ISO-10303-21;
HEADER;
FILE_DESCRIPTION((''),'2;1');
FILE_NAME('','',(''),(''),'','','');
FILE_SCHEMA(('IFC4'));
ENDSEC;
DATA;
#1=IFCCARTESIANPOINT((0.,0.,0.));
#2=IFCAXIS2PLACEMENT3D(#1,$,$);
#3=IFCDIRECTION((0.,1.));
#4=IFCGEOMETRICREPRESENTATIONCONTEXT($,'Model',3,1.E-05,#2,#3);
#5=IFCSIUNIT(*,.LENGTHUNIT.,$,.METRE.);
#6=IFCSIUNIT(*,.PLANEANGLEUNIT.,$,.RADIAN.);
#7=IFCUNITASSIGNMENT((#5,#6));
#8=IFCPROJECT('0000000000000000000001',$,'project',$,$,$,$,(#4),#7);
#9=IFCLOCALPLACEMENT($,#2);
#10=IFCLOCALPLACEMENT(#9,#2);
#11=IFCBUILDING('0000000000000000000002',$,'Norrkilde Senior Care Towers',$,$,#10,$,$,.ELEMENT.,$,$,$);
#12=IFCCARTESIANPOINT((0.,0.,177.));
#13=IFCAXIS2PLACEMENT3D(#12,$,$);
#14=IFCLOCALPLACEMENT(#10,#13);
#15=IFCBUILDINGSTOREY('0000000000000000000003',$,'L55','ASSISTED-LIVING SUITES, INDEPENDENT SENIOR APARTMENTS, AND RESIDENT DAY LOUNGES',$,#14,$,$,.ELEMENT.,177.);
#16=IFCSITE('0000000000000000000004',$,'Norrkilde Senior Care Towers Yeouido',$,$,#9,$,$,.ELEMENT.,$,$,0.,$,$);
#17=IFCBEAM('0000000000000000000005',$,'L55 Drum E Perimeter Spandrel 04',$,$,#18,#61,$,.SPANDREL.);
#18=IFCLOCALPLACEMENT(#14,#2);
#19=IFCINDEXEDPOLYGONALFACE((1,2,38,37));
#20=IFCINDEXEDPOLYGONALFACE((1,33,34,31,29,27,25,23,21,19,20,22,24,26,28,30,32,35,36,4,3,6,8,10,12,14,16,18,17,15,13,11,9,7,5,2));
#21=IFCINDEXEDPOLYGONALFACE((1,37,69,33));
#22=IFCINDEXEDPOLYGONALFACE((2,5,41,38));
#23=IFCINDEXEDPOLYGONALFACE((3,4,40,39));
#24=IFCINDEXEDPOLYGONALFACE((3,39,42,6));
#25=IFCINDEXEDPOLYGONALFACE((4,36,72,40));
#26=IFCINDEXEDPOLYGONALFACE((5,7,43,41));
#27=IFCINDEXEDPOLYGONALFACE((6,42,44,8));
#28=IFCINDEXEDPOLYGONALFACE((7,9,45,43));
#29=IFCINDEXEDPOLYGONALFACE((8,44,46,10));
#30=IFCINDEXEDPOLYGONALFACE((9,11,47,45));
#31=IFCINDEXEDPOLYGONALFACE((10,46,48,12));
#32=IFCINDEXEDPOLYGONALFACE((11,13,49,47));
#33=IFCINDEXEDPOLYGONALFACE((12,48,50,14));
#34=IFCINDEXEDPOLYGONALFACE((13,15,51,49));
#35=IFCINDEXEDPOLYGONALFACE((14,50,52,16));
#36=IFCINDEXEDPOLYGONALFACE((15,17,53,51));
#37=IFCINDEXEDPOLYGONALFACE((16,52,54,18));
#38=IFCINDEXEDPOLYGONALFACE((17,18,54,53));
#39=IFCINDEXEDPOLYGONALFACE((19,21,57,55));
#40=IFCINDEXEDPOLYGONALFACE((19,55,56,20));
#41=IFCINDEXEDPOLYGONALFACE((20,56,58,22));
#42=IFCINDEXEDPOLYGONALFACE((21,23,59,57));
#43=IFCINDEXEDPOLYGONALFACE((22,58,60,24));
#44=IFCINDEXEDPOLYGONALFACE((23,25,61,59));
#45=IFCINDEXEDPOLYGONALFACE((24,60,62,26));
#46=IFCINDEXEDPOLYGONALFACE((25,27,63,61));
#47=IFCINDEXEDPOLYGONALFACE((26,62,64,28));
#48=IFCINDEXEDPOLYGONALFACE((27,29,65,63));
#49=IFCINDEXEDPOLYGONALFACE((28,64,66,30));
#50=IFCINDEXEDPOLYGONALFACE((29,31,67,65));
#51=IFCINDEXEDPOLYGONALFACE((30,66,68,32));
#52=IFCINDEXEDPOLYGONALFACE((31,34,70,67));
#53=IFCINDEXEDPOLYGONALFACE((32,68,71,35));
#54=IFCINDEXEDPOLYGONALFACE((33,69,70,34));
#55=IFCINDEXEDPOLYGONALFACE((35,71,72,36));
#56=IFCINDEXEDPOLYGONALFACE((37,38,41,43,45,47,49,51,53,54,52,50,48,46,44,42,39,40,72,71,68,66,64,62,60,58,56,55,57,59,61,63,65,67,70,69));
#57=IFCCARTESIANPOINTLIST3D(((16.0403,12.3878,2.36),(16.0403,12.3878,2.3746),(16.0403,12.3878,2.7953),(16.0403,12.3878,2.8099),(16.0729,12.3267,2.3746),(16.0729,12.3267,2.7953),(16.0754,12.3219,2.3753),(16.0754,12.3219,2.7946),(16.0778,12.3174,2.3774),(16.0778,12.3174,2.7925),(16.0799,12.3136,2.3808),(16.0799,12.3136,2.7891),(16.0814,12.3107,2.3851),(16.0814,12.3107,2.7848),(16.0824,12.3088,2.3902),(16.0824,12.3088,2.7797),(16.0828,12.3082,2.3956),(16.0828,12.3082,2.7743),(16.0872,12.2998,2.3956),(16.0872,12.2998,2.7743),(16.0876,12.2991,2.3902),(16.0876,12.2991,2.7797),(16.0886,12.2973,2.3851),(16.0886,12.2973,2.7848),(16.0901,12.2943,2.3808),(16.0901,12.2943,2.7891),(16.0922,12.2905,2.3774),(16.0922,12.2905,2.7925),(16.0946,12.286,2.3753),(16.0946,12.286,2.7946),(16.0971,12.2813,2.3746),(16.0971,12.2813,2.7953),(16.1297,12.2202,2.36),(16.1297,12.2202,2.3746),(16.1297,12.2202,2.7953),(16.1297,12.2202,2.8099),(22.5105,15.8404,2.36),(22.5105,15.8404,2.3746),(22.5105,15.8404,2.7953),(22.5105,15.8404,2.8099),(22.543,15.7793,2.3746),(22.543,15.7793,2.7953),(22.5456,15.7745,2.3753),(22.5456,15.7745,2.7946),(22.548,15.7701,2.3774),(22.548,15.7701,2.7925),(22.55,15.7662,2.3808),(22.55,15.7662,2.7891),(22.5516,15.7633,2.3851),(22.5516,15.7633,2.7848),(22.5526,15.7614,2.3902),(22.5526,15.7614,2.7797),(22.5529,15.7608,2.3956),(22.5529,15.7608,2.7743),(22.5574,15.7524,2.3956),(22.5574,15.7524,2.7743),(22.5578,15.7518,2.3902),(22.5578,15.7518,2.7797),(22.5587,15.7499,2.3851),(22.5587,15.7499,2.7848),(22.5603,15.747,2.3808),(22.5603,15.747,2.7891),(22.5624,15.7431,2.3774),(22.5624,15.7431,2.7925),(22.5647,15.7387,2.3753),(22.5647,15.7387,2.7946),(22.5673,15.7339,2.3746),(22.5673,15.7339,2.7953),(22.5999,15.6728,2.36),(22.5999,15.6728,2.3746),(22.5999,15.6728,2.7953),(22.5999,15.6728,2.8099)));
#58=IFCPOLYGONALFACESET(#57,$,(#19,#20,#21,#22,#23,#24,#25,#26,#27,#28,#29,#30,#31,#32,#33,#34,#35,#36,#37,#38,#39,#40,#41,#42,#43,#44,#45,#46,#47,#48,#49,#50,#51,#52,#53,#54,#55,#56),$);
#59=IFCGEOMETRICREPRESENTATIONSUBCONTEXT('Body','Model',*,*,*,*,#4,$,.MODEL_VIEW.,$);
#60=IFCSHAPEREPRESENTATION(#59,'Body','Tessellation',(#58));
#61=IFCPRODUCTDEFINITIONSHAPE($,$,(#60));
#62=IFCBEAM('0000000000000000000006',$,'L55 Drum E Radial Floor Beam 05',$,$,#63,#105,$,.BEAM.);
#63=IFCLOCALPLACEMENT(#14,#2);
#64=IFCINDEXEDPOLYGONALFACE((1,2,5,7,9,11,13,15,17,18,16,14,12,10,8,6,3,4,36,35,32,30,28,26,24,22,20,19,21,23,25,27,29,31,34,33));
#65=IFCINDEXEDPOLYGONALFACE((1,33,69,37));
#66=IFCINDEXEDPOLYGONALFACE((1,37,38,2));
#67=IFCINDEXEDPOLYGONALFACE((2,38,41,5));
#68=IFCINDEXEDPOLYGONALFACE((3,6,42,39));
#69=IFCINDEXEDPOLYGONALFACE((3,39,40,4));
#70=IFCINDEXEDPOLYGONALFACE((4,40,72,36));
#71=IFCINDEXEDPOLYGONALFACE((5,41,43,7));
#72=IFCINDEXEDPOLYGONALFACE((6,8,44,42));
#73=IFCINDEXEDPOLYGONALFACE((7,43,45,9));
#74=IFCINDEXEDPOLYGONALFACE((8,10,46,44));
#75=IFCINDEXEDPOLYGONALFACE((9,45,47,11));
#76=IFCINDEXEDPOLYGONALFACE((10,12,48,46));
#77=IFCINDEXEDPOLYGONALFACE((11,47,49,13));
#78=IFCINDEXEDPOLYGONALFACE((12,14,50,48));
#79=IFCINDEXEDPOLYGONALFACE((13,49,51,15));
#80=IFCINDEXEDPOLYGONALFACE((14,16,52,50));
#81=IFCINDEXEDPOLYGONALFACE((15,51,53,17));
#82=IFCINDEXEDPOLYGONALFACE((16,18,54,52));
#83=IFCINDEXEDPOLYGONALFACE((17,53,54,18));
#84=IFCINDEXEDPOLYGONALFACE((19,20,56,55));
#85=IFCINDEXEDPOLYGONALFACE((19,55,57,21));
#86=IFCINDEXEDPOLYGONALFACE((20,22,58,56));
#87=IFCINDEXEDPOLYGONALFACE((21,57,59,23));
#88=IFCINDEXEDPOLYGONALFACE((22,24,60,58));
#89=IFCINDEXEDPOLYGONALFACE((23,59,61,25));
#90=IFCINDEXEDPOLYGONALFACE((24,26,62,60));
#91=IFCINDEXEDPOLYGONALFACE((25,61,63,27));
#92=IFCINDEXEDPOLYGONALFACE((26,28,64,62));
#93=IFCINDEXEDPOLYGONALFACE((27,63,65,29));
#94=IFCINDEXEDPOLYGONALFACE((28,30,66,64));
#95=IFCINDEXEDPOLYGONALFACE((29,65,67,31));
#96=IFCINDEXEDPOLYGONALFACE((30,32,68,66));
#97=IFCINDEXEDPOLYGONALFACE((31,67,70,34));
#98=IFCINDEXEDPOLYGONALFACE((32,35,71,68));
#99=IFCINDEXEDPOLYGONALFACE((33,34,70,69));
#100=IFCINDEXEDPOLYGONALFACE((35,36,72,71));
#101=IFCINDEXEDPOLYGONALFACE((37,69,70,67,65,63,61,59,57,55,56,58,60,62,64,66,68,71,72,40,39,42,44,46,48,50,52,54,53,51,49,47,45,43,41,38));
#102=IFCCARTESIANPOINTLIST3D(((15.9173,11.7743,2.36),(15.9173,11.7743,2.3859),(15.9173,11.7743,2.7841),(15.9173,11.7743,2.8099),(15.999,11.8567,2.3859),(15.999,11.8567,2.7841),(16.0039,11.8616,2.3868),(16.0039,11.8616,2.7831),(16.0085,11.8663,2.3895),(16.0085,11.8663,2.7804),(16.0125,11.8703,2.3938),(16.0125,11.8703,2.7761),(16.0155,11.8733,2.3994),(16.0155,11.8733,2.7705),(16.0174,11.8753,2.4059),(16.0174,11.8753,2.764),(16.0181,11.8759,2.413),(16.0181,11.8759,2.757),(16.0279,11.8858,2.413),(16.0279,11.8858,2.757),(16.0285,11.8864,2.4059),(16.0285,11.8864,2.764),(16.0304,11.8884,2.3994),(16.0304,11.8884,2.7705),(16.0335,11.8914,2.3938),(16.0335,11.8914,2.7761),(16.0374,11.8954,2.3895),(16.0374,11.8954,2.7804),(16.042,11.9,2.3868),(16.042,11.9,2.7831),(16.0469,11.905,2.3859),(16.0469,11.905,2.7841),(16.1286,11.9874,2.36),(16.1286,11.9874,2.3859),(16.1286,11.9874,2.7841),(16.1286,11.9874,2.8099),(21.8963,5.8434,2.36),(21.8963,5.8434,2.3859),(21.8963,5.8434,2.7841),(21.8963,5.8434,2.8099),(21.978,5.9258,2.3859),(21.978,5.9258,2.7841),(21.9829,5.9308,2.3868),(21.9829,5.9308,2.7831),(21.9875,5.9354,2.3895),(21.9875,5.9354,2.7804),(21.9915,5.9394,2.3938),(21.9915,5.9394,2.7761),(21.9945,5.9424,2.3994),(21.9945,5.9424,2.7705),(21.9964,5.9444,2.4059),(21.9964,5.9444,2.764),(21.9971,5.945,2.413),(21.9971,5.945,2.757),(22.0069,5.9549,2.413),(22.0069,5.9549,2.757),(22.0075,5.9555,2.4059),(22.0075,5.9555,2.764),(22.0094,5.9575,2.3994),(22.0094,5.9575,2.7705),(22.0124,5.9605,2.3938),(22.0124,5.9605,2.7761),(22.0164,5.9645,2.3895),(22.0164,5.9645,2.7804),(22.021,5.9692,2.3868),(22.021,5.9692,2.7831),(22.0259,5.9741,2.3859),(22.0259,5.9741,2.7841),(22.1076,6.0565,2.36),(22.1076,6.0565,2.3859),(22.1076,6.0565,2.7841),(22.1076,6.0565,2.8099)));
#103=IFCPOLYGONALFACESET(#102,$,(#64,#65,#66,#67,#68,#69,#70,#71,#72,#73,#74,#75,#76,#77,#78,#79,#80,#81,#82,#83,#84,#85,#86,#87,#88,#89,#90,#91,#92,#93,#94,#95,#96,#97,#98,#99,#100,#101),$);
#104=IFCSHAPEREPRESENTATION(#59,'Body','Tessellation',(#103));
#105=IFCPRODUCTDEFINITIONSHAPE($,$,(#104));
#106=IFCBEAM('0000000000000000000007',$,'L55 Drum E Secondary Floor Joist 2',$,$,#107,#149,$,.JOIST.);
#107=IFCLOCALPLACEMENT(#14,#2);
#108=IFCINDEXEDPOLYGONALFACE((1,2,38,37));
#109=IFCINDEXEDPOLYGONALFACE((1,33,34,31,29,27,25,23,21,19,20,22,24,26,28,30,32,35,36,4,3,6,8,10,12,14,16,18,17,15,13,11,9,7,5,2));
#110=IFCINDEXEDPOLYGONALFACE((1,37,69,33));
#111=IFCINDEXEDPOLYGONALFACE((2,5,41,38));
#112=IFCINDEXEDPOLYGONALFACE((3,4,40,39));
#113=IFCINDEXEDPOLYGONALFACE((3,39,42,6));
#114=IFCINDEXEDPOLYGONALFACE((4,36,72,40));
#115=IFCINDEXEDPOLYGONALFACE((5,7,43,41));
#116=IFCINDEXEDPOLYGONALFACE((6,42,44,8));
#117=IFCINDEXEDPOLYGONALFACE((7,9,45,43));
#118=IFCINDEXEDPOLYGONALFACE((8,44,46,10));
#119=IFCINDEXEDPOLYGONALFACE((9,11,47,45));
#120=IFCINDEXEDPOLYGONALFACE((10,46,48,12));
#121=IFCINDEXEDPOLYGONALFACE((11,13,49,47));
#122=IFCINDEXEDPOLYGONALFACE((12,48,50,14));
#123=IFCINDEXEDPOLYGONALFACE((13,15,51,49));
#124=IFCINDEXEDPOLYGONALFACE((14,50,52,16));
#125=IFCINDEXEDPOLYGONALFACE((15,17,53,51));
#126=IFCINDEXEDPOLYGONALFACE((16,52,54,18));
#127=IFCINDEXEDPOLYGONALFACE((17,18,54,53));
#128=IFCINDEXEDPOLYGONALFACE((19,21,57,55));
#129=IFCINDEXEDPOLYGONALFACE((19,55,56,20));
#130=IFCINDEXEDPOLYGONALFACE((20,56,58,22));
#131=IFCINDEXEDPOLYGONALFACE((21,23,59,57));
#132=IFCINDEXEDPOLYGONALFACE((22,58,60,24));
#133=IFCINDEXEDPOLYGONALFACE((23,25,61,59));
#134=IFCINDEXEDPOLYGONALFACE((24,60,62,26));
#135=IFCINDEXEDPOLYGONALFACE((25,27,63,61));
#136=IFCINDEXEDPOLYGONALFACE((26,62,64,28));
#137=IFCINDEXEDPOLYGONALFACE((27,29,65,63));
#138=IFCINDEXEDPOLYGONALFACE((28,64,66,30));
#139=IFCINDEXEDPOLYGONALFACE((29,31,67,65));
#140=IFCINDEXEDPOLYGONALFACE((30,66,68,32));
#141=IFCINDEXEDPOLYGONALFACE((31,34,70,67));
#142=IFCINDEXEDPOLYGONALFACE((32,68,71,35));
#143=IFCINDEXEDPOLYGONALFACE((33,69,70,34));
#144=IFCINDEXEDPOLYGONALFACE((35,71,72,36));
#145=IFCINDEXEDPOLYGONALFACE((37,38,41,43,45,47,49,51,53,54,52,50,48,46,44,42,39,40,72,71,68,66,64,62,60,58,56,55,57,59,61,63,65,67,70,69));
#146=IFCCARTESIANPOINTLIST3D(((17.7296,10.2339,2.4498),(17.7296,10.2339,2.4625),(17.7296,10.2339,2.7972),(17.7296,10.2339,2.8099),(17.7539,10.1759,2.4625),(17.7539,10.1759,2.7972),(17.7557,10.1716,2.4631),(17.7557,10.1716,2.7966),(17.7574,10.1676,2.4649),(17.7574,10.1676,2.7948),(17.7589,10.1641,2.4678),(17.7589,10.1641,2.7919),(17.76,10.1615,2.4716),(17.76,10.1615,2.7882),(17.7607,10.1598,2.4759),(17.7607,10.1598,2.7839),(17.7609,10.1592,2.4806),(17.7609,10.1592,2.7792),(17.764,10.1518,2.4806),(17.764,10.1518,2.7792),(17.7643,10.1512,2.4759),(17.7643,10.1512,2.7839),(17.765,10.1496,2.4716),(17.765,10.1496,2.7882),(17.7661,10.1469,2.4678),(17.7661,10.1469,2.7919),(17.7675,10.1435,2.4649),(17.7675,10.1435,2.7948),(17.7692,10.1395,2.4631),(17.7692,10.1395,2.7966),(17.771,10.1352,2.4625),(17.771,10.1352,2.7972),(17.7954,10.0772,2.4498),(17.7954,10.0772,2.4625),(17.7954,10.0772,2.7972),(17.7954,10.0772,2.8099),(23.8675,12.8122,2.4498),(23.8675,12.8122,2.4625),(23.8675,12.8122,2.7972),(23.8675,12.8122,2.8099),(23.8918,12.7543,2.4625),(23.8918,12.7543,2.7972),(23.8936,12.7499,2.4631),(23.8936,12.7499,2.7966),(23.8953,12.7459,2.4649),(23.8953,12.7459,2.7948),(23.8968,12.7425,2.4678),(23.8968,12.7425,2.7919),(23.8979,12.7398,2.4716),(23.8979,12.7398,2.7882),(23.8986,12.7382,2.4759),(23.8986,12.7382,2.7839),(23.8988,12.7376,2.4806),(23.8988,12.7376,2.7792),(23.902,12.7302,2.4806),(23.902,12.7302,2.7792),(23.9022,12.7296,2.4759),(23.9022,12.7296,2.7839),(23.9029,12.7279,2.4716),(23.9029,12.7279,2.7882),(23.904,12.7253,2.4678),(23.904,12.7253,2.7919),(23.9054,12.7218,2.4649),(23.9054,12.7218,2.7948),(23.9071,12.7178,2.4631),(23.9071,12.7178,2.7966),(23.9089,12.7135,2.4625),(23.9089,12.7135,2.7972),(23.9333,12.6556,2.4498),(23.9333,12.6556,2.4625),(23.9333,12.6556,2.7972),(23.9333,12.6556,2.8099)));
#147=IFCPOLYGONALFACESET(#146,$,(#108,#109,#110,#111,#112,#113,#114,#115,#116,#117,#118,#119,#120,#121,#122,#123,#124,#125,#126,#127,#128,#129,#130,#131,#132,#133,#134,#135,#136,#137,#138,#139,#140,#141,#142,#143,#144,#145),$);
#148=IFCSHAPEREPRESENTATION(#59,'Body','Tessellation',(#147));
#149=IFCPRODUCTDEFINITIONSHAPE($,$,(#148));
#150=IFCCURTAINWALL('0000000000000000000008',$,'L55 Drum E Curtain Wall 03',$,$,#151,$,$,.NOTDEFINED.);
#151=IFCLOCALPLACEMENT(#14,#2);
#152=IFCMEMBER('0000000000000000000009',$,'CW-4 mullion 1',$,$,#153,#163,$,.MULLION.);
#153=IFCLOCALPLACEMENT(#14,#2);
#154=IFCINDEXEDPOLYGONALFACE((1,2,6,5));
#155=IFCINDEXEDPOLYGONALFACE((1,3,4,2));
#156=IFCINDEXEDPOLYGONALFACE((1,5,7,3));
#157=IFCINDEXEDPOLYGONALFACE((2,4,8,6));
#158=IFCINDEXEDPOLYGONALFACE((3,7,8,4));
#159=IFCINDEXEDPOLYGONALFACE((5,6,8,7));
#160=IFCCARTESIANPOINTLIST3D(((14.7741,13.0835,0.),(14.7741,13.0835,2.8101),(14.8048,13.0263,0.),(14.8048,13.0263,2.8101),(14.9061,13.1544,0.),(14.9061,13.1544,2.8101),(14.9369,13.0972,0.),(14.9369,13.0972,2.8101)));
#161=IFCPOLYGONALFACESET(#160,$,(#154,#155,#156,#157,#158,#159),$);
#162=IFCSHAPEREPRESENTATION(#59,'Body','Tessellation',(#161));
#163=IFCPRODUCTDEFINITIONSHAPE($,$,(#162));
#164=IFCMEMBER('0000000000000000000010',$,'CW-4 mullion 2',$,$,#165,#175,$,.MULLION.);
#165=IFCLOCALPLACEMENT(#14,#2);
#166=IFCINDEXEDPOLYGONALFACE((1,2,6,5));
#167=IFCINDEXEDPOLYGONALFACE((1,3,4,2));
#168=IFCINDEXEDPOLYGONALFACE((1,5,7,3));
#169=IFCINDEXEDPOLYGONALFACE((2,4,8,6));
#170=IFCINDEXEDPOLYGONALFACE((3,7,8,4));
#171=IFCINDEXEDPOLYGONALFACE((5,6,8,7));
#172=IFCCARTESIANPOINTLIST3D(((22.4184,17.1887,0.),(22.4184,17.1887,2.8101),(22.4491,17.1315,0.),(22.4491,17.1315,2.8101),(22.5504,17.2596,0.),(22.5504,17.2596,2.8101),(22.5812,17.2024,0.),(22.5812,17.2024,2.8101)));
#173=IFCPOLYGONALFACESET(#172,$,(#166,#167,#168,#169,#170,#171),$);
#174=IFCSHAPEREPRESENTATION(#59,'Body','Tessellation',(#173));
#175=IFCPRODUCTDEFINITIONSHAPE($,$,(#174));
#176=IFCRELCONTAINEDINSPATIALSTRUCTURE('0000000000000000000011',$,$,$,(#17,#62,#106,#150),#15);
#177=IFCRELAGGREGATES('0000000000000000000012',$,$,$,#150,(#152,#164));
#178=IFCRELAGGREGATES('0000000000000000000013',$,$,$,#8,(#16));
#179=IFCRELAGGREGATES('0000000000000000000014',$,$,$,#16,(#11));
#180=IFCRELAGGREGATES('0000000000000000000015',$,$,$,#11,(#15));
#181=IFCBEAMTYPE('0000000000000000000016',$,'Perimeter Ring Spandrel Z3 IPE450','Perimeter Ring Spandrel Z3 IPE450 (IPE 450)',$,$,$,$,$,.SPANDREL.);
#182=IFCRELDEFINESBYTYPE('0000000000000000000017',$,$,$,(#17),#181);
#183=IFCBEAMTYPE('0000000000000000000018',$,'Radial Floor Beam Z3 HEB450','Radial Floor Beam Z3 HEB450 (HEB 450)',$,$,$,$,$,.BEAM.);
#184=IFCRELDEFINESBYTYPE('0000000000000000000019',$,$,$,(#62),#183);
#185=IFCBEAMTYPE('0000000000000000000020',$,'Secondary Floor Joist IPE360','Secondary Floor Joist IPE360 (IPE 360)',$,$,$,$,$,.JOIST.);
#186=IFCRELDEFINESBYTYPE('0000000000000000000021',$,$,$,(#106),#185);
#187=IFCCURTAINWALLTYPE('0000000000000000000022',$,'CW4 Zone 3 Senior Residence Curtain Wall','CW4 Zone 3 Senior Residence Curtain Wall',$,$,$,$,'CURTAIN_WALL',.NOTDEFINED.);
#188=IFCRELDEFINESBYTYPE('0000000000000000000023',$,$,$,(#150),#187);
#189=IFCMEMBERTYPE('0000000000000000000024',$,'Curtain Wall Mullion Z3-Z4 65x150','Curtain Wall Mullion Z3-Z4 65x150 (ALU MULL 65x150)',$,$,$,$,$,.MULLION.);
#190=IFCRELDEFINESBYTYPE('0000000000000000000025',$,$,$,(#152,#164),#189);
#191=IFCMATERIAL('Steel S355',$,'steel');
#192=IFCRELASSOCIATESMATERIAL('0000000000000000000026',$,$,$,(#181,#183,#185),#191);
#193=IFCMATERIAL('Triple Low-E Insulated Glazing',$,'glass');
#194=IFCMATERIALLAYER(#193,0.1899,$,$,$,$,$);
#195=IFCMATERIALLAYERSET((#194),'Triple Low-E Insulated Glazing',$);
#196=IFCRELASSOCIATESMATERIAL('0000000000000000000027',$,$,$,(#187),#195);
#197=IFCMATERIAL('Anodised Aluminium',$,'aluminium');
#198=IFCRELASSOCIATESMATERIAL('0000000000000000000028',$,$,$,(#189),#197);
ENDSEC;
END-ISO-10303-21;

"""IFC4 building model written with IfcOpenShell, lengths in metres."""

from ifc_helpers import new_model, si_unit, direction, frame, origin, origin_2d, place, context, subcontext, project, spatial, rectangle, i_section, extrude, source, transform, mapped, material, layer, layer_set, material_profile, profile_set, type_object, type_shapes, element, aggregate, save


model = new_model("IFC4")

# Units and contexts
model_context = context("Model", 3, precision=1e-05, world=origin(), true_north=direction((0.0, 1.0)))
body_context = subcontext(model_context, "Body", "Model", "MODEL_VIEW")
ifc_project = project(units=[si_unit("LENGTHUNIT", "METRE"), si_unit("PLANEANGLEUNIT", "RADIAN")], contexts=[model_context])

# Site, building, storey
site_placement = place(None, origin())
site = spatial("IfcSite", under=ifc_project, at=site_placement, Name="Norrkilde Senior Care Towers Yeouido", CompositionType="ELEMENT", RefElevation=0.0)
building_placement = place(site_placement, origin())
building = spatial("IfcBuilding", under=site, at=building_placement, Name="Norrkilde Senior Care Towers", CompositionType="ELEMENT")
storey_placement = place(building_placement, frame((0.0, 0.0, 177.0)))
storey = spatial("IfcBuildingStorey", under=building, at=storey_placement, Name="L55", Description="ASSISTED-LIVING SUITES, INDEPENDENT SENIOR APARTMENTS, AND RESIDENT DAY LOUNGES", CompositionType="ELEMENT", Elevation=177.0)

# Beams
ifc_material_1 = material(Name="Steel S355", Category="steel")
ifc_material_profile_1 = material_profile(ifc_material_1, i_section(OverallWidth=0.1899, OverallDepth=0.45, WebThickness=0.0095, FlangeThickness=0.0146, FilletRadius=0.021, at=origin_2d()), Name="IPE 450")
ifc_profile_set_1 = profile_set([ifc_material_profile_1], Name="Steel S355")
beam_type_1 = type_object("IfcBeamType", Name="Perimeter Ring Spandrel Z3 IPE450", Description="Perimeter Ring Spandrel Z3 IPE450 (IPE 450)", PredefinedType="SPANDREL", material=ifc_profile_set_1)
shared_shape_1 = source(origin(), body_context, "Body", "SweptSolid", [
    extrude(i_section(OverallWidth=0.1899, OverallDepth=0.45, WebThickness=0.0095, FlangeThickness=0.0146, FilletRadius=0.021, at=origin_2d()), origin(), (0.0, 0.0, 1.0), 7.3337),
])
beam_1_placement = place(storey_placement, frame((22.5552, 15.7566, 2.585), z_axis=(-0.882248, -0.470785, 0.0), x_axis=(0.470785, -0.882248, 0.0)))
element("IfcBeam", 1, at=beam_1_placement, inside=storey, type_object=beam_type_1, Name="L55 Drum E Perimeter Spandrel 04", PredefinedType="SPANDREL", context=body_context, shape_type="MappedRepresentation", body=[
    mapped(shared_shape_1, transform((0.0, 0.0, 0.0), x_axis=(1.0, 0.0, 0.0), y_axis=(0.0, 1.0, 0.0), z_axis=(0.0, 0.0, 1.0), scale=1.0)),
])
ifc_material_profile_2 = material_profile(ifc_material_1, i_section(OverallWidth=0.3, OverallDepth=0.45, WebThickness=0.0139, FlangeThickness=0.0259, FilletRadius=0.0271, at=origin_2d()), Name="HEB 450")
ifc_profile_set_2 = profile_set([ifc_material_profile_2], Name="Steel S355")
beam_type_2 = type_object("IfcBeamType", Name="Radial Floor Beam Z3 HEB450", Description="Radial Floor Beam Z3 HEB450 (HEB 450)", PredefinedType="BEAM", material=ifc_profile_set_2)
shared_shape_2 = source(origin(), body_context, "Body", "SweptSolid", [
    extrude(i_section(OverallWidth=0.3, OverallDepth=0.45, WebThickness=0.0139, FlangeThickness=0.0259, FilletRadius=0.0271, at=origin_2d()), origin(), (0.0, 0.0, 1.0), 8.4216),
])
type_shapes(beam_type_2, [shared_shape_2])
beam_2_placement = place(storey_placement, frame((22.002, 5.95, 2.585), z_axis=(-0.709956, 0.704246, 0.0), x_axis=(-0.704246, -0.709956, 0.0)))
element("IfcBeam", 2, at=beam_2_placement, inside=storey, type_object=beam_type_2, Name="L55 Drum E Radial Floor Beam 05", PredefinedType="BEAM", context=body_context, shape_type="MappedRepresentation", body=[
    mapped(shared_shape_2, transform((0.0, 0.0, 0.0), x_axis=(1.0, 0.0, 0.0), y_axis=(0.0, 1.0, 0.0), z_axis=(0.0, 0.0, 1.0), scale=1.0)),
])
ifc_material_profile_3 = material_profile(ifc_material_1, i_section(OverallWidth=0.1699, OverallDepth=0.3601, WebThickness=0.0081, FlangeThickness=0.0127, FilletRadius=0.0181, at=origin_2d()), Name="IPE 360")
ifc_profile_set_3 = profile_set([ifc_material_profile_3], Name="Steel S355")
beam_type_3 = type_object("IfcBeamType", Name="Secondary Floor Joist IPE360", Description="Secondary Floor Joist IPE360 (IPE 360)", PredefinedType="JOIST", material=ifc_profile_set_3)
shared_shape_3 = source(origin(), body_context, "Body", "SweptSolid", [
    extrude(i_section(OverallWidth=0.1699, OverallDepth=0.3601, WebThickness=0.0081, FlangeThickness=0.0127, FilletRadius=0.0181, at=origin_2d()), origin(), (0.0, 0.0, 1.0), 6.6575),
])
type_shapes(beam_type_3, [shared_shape_3])
beam_3_placement = place(storey_placement, frame((23.9004, 12.7339, 2.6299), z_axis=(-0.921959, -0.387288, 0.0), x_axis=(0.387288, -0.921959, 0.0)))
element("IfcBeam", 3, at=beam_3_placement, inside=storey, type_object=beam_type_3, Name="L55 Drum E Secondary Floor Joist 2", PredefinedType="JOIST", context=body_context, shape_type="MappedRepresentation", body=[
    mapped(shared_shape_3, transform((0.0, 0.0, 0.0), x_axis=(1.0, 0.0, 0.0), y_axis=(0.0, 1.0, 0.0), z_axis=(0.0, 0.0, 1.0), scale=1.0)),
])

# Curtain wall, members
ifc_material_2 = material(Name="Triple Low-E Insulated Glazing", Category="glass")
ifc_layer_1 = layer(ifc_material_2, 0.1899)
ifc_layer_set_1 = layer_set([ifc_layer_1], Name="Triple Low-E Insulated Glazing")
curtain_wall_type = type_object("IfcCurtainWallType", Name="CW4 Zone 3 Senior Residence Curtain Wall", Description="CW4 Zone 3 Senior Residence Curtain Wall", ElementType="CURTAIN_WALL", PredefinedType="NOTDEFINED", material=ifc_layer_set_1)
curtain_wall_1_placement = place(storey_placement, origin())
curtain_wall_1 = element("IfcCurtainWall", 4, at=curtain_wall_1_placement, inside=storey, type_object=curtain_wall_type, Name="L55 Drum E Curtain Wall 03", PredefinedType="NOTDEFINED")
ifc_material_3 = material(Name="Anodised Aluminium", Category="aluminium")
ifc_material_profile_4 = material_profile(ifc_material_3, rectangle(XDim=0.0649, YDim=0.1499, at=origin_2d()), Name="ALU MULL 65x150")
ifc_profile_set_4 = profile_set([ifc_material_profile_4], Name="Anodised Aluminium")
member_type_1 = type_object("IfcMemberType", Name="Curtain Wall Mullion Z3-Z4 65x150", Description="Curtain Wall Mullion Z3-Z4 65x150 (ALU MULL 65x150)", PredefinedType="MULLION", material=ifc_profile_set_4)
shared_shape_4 = source(origin(), body_context, "Body", "SweptSolid", [
    extrude(rectangle(XDim=0.0649, YDim=0.1499, at=origin_2d()), origin(), (0.0, 0.0, 1.0), 2.8101),
])
type_shapes(member_type_1, [shared_shape_4])
member_1_placement = place(storey_placement, frame((14.8555, 13.0903, 0.0), z_axis=(0.0, 0.0, 1.0), x_axis=(-0.473117, 0.881, 0.0)))
member_1 = element("IfcMember", 5, at=member_1_placement, type_object=member_type_1, Name="CW-4 mullion 1", PredefinedType="MULLION", context=body_context, shape_type="MappedRepresentation", body=[
    mapped(shared_shape_4, transform((0.0, 0.0, 0.0), x_axis=(1.0, 0.0, 0.0), y_axis=(0.0, 1.0, 0.0), z_axis=(0.0, 0.0, 1.0), scale=1.0)),
])
member_2_placement = place(storey_placement, frame((22.4998, 17.1956, 0.0), z_axis=(0.0, 0.0, 1.0), x_axis=(-0.473117, 0.881, 0.0)))
member_2 = element("IfcMember", 6, at=member_2_placement, type_object=member_type_1, Name="CW-4 mullion 2", PredefinedType="MULLION", context=body_context, shape_type="MappedRepresentation", body=[
    mapped(shared_shape_4, transform((0.0, 0.0, 0.0), x_axis=(1.0, 0.0, 0.0), y_axis=(0.0, 1.0, 0.0), z_axis=(0.0, 0.0, 1.0), scale=1.0)),
])

aggregate(curtain_wall_1, [member_1, member_2])

save(model, "model.ifc")
